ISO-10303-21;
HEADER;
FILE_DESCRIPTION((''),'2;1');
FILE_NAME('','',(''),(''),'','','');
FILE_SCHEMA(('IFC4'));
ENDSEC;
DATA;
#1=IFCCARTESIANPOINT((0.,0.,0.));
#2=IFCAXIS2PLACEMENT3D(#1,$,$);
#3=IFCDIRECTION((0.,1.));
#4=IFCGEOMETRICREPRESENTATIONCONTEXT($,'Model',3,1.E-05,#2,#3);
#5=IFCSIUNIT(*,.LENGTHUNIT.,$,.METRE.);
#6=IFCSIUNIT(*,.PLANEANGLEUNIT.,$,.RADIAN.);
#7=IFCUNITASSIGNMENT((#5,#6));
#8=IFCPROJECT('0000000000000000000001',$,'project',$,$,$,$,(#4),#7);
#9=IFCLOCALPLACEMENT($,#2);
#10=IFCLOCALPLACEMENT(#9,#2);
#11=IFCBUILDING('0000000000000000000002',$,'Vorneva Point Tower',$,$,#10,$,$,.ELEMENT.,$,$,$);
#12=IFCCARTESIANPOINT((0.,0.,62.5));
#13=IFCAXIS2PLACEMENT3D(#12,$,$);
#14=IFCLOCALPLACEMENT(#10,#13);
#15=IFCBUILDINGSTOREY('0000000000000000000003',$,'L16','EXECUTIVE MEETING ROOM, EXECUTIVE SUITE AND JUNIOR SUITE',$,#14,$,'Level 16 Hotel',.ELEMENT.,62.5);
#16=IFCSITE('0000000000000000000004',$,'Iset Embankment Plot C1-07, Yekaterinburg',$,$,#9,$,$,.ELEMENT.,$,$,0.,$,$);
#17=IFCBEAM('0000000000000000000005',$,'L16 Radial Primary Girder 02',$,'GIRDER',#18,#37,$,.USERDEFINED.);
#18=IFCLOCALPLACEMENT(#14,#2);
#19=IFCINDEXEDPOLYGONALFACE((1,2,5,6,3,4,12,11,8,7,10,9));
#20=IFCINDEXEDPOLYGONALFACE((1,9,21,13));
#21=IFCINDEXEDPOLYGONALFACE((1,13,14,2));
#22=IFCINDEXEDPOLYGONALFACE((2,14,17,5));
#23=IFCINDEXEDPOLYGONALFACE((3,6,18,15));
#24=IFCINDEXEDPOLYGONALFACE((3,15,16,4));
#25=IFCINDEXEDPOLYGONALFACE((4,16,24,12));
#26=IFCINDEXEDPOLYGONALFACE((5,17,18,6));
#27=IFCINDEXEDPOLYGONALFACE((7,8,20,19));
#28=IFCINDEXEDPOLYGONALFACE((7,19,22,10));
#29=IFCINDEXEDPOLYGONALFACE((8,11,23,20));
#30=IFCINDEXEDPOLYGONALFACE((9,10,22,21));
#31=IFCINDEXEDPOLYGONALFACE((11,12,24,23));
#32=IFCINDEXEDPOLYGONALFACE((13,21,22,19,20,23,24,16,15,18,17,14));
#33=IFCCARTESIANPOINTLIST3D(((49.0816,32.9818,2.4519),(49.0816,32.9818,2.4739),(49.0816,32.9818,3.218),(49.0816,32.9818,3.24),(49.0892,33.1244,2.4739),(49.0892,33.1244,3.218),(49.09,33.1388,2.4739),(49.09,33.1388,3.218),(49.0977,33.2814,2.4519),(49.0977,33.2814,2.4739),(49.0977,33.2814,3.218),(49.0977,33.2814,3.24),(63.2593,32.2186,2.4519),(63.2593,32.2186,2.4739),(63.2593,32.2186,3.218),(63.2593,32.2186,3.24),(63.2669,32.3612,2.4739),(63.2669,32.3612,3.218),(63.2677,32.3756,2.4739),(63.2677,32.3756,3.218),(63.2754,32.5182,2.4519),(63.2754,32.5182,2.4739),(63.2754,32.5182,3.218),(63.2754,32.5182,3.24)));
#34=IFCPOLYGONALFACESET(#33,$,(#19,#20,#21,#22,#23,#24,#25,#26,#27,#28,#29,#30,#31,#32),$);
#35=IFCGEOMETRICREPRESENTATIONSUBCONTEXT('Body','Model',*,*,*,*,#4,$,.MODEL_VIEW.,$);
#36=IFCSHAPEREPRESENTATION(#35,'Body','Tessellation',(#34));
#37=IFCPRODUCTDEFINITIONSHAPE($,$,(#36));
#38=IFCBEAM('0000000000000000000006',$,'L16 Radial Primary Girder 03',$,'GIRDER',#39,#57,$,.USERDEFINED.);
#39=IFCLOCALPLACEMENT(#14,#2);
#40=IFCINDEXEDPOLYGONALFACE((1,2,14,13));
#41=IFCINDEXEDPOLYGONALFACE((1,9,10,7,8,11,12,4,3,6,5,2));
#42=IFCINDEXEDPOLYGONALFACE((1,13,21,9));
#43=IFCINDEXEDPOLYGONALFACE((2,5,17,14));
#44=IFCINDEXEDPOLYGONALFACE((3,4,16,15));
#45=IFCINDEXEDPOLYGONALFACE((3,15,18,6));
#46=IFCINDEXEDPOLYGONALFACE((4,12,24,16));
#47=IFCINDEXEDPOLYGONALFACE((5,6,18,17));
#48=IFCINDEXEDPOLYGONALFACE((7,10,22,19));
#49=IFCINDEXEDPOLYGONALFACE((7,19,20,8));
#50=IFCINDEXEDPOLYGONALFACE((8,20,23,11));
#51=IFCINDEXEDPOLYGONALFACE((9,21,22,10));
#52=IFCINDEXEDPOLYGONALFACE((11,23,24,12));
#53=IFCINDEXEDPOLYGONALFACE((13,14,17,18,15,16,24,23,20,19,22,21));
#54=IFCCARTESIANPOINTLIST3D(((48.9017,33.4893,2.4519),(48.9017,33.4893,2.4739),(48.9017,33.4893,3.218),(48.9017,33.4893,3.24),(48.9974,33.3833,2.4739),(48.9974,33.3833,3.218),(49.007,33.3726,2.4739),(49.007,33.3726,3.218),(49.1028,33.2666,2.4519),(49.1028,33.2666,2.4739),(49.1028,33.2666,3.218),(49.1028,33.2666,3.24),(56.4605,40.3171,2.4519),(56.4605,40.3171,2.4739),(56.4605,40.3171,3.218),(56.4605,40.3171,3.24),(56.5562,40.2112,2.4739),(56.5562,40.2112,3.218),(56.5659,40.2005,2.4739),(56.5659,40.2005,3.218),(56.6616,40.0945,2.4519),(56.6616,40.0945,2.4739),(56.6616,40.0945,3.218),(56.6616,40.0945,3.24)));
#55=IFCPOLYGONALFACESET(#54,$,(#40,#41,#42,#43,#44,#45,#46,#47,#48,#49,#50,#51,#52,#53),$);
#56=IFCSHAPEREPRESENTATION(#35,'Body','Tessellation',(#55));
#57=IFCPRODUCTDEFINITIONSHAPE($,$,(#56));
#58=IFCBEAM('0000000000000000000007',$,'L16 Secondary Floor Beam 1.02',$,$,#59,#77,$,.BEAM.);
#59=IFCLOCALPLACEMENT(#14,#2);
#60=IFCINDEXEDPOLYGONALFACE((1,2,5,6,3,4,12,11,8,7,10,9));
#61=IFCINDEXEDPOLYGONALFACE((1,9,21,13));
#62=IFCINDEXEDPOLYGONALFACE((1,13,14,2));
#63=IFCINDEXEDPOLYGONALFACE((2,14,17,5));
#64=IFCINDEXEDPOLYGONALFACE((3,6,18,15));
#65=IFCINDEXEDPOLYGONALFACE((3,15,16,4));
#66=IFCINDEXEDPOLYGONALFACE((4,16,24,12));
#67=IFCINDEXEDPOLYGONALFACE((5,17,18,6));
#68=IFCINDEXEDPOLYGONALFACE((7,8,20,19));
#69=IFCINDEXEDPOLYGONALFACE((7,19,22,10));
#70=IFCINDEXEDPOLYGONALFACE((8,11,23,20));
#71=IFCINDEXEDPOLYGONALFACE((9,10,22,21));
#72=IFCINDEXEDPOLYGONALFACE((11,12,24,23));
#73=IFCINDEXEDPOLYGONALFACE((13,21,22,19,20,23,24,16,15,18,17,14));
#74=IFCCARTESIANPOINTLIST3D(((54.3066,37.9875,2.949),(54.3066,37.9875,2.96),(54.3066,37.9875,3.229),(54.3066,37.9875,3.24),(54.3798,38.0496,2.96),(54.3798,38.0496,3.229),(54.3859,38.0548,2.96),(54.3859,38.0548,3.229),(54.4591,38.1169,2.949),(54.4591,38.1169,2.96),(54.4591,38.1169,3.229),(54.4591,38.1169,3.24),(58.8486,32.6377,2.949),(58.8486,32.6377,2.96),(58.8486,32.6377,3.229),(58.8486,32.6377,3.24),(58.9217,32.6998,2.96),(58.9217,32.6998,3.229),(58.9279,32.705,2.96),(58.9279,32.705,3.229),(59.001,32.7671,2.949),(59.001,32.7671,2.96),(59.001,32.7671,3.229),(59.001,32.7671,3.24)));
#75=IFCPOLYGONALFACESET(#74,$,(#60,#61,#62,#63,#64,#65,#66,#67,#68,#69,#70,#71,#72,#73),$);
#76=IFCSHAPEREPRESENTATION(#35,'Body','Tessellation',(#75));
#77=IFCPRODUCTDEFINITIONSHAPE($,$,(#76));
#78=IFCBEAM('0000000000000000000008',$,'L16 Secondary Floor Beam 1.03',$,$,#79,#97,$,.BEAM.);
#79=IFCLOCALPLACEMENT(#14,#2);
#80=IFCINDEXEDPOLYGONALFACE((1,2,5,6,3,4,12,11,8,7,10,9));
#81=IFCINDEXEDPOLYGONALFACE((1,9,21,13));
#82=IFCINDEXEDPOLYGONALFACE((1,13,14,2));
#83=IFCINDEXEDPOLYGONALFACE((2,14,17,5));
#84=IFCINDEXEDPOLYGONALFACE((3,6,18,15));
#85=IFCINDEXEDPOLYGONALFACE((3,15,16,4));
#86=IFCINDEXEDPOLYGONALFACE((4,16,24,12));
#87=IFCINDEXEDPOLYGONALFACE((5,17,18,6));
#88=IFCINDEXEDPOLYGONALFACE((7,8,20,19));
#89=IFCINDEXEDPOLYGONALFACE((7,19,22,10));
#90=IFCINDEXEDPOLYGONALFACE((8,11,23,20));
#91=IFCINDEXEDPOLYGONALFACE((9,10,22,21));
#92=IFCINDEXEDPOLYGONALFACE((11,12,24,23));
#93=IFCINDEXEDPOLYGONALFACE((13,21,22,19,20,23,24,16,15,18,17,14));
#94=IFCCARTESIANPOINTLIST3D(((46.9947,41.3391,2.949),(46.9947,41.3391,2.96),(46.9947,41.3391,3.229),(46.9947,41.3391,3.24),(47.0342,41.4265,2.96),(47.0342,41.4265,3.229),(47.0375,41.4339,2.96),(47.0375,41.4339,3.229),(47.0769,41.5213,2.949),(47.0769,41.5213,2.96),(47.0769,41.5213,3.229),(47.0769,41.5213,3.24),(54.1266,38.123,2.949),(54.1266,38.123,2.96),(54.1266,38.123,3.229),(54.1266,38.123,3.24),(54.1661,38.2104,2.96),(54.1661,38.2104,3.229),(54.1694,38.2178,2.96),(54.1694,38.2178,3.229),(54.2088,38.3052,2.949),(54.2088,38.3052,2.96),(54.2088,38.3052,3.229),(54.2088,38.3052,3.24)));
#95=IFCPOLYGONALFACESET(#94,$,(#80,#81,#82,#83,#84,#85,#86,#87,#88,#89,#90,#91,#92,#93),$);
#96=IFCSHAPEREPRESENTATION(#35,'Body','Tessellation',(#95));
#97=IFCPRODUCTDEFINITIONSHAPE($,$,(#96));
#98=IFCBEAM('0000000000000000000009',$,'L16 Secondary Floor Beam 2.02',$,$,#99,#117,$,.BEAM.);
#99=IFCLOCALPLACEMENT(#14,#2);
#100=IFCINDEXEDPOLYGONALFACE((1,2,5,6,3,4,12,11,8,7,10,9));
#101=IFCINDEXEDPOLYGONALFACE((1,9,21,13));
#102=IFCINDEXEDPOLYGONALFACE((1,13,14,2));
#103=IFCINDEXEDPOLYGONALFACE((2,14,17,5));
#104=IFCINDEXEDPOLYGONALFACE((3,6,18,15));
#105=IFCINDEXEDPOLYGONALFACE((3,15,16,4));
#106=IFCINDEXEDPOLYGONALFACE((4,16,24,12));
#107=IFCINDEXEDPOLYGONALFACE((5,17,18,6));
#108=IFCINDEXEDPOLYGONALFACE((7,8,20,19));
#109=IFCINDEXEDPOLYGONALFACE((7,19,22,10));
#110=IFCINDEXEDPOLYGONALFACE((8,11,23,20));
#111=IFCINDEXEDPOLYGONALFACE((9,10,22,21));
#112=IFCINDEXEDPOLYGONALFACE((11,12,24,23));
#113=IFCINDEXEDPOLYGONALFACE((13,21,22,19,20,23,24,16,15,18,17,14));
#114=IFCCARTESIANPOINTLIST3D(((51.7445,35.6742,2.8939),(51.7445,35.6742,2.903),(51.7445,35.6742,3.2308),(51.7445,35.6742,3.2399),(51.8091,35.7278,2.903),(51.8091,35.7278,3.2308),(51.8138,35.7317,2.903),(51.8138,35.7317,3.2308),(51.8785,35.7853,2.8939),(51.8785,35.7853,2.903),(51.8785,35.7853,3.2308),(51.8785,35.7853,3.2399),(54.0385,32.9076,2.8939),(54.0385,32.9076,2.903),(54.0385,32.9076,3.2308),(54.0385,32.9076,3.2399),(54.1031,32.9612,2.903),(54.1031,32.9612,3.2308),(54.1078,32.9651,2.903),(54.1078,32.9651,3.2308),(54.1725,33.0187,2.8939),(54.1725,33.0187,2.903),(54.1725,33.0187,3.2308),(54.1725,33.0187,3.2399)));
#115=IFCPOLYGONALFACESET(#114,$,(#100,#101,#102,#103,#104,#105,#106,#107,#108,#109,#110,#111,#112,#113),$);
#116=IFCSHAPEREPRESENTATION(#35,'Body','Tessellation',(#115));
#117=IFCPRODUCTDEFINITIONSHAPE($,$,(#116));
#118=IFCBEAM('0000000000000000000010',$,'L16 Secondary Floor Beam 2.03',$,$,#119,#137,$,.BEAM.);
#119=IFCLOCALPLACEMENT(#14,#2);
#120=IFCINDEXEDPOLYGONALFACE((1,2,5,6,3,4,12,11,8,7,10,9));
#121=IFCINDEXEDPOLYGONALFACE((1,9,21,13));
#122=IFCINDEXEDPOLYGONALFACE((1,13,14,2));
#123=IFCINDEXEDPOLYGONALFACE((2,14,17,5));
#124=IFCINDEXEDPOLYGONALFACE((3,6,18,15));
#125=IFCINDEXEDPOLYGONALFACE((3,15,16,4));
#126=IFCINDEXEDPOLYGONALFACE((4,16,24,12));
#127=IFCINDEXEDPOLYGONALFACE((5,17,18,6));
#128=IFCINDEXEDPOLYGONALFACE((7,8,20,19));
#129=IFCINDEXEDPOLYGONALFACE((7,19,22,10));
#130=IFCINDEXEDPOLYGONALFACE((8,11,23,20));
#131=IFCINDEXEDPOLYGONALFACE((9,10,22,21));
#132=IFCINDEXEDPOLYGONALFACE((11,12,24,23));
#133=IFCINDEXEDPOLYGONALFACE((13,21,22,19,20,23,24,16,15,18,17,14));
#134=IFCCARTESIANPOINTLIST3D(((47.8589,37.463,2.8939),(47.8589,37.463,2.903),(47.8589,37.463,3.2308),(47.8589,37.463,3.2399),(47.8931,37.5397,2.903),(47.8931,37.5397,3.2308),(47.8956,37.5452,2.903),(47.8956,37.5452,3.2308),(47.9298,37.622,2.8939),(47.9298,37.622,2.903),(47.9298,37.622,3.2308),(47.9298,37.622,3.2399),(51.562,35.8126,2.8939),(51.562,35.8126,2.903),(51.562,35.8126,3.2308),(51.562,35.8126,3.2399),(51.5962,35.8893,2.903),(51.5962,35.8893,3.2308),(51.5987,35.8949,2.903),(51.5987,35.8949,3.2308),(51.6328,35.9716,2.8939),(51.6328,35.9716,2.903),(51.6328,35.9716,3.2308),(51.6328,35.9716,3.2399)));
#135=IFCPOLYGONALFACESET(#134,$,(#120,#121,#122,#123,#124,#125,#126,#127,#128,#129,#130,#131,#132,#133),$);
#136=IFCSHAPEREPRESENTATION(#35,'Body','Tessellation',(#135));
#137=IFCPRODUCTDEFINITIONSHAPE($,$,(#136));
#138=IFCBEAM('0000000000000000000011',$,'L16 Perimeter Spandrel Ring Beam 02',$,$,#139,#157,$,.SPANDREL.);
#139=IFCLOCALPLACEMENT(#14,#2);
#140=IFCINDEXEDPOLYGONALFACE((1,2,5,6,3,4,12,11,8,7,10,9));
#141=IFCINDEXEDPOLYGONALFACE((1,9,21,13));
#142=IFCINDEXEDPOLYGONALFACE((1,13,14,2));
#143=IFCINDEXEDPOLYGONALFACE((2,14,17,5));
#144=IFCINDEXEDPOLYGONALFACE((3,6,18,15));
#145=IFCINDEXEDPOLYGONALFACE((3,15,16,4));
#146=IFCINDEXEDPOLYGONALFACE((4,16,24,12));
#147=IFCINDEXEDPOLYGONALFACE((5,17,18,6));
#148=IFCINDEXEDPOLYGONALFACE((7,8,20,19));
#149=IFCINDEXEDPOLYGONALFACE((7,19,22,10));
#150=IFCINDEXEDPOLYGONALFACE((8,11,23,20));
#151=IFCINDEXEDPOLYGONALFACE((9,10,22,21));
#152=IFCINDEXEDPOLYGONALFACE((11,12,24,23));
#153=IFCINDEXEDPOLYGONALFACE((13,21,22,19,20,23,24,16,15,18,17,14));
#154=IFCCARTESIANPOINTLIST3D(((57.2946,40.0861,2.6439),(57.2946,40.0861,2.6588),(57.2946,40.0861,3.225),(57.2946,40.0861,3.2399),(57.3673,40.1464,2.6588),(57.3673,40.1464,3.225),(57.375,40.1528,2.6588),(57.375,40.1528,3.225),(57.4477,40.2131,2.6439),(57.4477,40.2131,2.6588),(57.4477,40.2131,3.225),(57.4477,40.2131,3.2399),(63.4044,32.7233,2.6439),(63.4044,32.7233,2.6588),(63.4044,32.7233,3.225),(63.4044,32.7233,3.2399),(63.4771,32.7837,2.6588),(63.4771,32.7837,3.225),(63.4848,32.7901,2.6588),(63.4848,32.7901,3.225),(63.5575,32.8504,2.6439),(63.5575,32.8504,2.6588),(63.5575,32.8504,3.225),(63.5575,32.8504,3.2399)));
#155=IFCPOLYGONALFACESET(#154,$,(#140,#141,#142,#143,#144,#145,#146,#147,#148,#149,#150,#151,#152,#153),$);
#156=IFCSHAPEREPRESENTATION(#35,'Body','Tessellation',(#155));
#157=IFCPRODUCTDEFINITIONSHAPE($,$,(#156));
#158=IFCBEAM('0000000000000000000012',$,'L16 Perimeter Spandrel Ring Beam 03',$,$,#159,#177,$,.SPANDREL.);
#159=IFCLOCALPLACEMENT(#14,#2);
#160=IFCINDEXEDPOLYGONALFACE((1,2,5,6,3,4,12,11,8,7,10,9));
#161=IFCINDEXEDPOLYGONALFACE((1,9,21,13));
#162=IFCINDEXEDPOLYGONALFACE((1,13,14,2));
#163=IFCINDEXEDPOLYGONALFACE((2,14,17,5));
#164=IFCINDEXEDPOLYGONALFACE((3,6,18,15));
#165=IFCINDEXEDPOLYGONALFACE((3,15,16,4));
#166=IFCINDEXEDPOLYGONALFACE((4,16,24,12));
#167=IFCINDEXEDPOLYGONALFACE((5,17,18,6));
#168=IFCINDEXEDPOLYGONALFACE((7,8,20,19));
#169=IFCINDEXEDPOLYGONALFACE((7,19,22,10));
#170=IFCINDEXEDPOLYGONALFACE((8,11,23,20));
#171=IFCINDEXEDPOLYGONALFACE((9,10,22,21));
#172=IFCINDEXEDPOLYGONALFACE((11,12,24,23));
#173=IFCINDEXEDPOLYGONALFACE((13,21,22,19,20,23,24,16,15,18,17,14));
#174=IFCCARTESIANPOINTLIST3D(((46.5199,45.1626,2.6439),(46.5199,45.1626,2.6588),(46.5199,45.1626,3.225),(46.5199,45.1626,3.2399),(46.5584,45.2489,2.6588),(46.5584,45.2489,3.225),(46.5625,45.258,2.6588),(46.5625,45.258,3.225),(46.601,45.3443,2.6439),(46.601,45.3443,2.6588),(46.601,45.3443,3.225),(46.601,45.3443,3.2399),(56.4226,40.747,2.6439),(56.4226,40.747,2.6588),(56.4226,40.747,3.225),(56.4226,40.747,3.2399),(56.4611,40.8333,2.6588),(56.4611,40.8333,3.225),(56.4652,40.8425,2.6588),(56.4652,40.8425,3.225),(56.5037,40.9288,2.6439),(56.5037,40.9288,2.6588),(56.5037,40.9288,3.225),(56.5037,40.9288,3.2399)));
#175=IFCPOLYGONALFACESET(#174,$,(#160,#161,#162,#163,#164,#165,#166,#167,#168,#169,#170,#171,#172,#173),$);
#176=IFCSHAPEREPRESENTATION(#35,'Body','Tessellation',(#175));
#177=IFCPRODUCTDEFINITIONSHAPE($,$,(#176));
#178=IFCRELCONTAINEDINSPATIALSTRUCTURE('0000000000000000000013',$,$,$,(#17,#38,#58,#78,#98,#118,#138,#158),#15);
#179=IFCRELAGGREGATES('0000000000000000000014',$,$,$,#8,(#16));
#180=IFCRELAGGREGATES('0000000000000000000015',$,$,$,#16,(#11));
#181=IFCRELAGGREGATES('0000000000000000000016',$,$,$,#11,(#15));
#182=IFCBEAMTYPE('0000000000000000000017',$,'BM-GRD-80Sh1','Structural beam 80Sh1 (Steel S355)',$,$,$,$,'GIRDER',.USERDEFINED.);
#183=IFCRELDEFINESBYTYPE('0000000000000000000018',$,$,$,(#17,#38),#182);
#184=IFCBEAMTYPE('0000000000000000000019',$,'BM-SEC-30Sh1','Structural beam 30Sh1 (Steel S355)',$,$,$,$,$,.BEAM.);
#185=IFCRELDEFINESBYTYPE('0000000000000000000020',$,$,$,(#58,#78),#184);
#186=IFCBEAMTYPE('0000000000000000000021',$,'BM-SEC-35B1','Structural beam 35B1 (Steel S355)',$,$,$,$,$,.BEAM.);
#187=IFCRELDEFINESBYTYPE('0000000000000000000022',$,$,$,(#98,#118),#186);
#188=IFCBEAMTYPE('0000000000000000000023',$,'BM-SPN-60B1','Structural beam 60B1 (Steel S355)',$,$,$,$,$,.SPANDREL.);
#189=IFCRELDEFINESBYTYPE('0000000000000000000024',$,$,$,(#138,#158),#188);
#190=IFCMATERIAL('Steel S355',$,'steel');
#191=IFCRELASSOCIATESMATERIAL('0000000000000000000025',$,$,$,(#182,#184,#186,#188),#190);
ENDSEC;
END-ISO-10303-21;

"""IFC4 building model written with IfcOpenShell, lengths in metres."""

from ifc_helpers import new_model, si_unit, direction, frame, origin, origin_2d, place, context, subcontext, project, spatial, i_section, extrude, material, material_profile, profile_set, type_object, element, save


model = new_model("IFC4")

# Units and contexts
model_context = context("Model", 3, precision=1e-05, world=origin(), true_north=direction((0.0, 1.0)))
body_context = subcontext(model_context, "Body", "Model", "MODEL_VIEW")
ifc_project = project(units=[si_unit("LENGTHUNIT", "METRE"), si_unit("PLANEANGLEUNIT", "RADIAN")], contexts=[model_context])

# Site, building, storey
site_placement = place(None, origin())
site = spatial("IfcSite", under=ifc_project, at=site_placement, Name="Iset Embankment Plot C1-07, Yekaterinburg", CompositionType="ELEMENT", RefElevation=0.0)
building_placement = place(site_placement, origin())
building = spatial("IfcBuilding", under=site, at=building_placement, Name="Vorneva Point Tower", CompositionType="ELEMENT")
storey_placement = place(building_placement, frame((0.0, 0.0, 62.5)))
storey = spatial("IfcBuildingStorey", under=building, at=storey_placement, Name="L16", Description="EXECUTIVE MEETING ROOM, EXECUTIVE SUITE AND JUNIOR SUITE", LongName="Level 16 Hotel", CompositionType="ELEMENT", Elevation=62.5)

# Beams
ifc_material_1 = material(Name="Steel S355", Category="steel")
ifc_material_profile_1 = material_profile(ifc_material_1, i_section(OverallWidth=0.3, OverallDepth=0.7881, WebThickness=0.0144, FlangeThickness=0.022, at=origin_2d()), Name="80Sh1")
ifc_profile_set_1 = profile_set([ifc_material_profile_1], Name="Steel S355")
beam_type_1 = type_object("IfcBeamType", Name="BM-GRD-80Sh1", Description="Structural beam 80Sh1 (Steel S355)", ElementType="GIRDER", PredefinedType="USERDEFINED", material=ifc_profile_set_1)
beam_1_placement = place(storey_placement, frame((63.2673, 32.3684, 2.8459), z_axis=(-0.998554, 0.053752, 0.0), x_axis=(-0.053752, -0.998554, 0.0)))
element("IfcBeam", 1, at=beam_1_placement, inside=storey, type_object=beam_type_1, Name="L16 Radial Primary Girder 02", ObjectType="GIRDER", PredefinedType="USERDEFINED", context=body_context, shape_type="SweptSolid", body=[
    extrude(i_section(OverallWidth=0.3, OverallDepth=0.7881, WebThickness=0.0144, FlangeThickness=0.022, at=origin_2d()), origin(), (0.0, 0.0, 1.0), 14.1982),
])
beam_2_placement = place(storey_placement, frame((56.561, 40.2058, 2.8459), z_axis=(-0.742076, -0.670316, 0.0), x_axis=(0.670316, -0.742076, 0.0)))
element("IfcBeam", 2, at=beam_2_placement, inside=storey, type_object=beam_type_1, Name="L16 Radial Primary Girder 03", ObjectType="GIRDER", PredefinedType="USERDEFINED", context=body_context, shape_type="SweptSolid", body=[
    extrude(i_section(OverallWidth=0.3, OverallDepth=0.7881, WebThickness=0.0144, FlangeThickness=0.022, at=origin_2d()), origin(), (0.0, 0.0, 1.0), 10.186),
])
ifc_material_profile_2 = material_profile(ifc_material_1, i_section(OverallWidth=0.2, OverallDepth=0.291, WebThickness=0.0081, FlangeThickness=0.011, at=origin_2d()), Name="30Sh1")
ifc_profile_set_2 = profile_set([ifc_material_profile_2], Name="Steel S355")
beam_type_2 = type_object("IfcBeamType", Name="BM-SEC-30Sh1", Description="Structural beam 30Sh1 (Steel S355)", PredefinedType="BEAM", material=ifc_profile_set_2)
beam_3_placement = place(storey_placement, frame((58.9248, 32.7024, 3.0945), z_axis=(-0.647203, 0.762318, 0.0), x_axis=(-0.762318, -0.647203, 0.0)))
element("IfcBeam", 3, at=beam_3_placement, inside=storey, type_object=beam_type_2, Name="L16 Secondary Floor Beam 1.02", PredefinedType="BEAM", context=body_context, shape_type="SweptSolid", body=[
    extrude(i_section(OverallWidth=0.2, OverallDepth=0.291, WebThickness=0.0081, FlangeThickness=0.011, at=origin_2d()), origin(), (0.0, 0.0, 1.0), 7.0178),
])
beam_4_placement = place(storey_placement, frame((54.1677, 38.2141, 3.0945), z_axis=(-0.911599, 0.411081, 0.0), x_axis=(-0.411081, -0.911599, 0.0)))
element("IfcBeam", 4, at=beam_4_placement, inside=storey, type_object=beam_type_2, Name="L16 Secondary Floor Beam 1.03", PredefinedType="BEAM", context=body_context, shape_type="SweptSolid", body=[
    extrude(i_section(OverallWidth=0.2, OverallDepth=0.291, WebThickness=0.0081, FlangeThickness=0.011, at=origin_2d()), origin(), (0.0, 0.0, 1.0), 7.8235),
])
ifc_material_profile_3 = material_profile(ifc_material_1, i_section(OverallWidth=0.1741, OverallDepth=0.3459, WebThickness=0.0061, FlangeThickness=0.009, at=origin_2d()), Name="35B1")
ifc_profile_set_3 = profile_set([ifc_material_profile_3], Name="Steel S355")
beam_type_3 = type_object("IfcBeamType", Name="BM-SEC-35B1", Description="Structural beam 35B1 (Steel S355)", PredefinedType="BEAM", material=ifc_profile_set_3)
beam_5_placement = place(storey_placement, frame((54.1055, 32.9631, 3.0669), z_axis=(-0.638285, 0.7698, 0.0), x_axis=(-0.7698, -0.638285, 0.0)))
element("IfcBeam", 5, at=beam_5_placement, inside=storey, type_object=beam_type_3, Name="L16 Secondary Floor Beam 2.02", PredefinedType="BEAM", context=body_context, shape_type="SweptSolid", body=[
    extrude(i_section(OverallWidth=0.1741, OverallDepth=0.3459, WebThickness=0.0061, FlangeThickness=0.009, at=origin_2d()), origin(), (0.0, 0.0, 1.0), 3.594),
])
beam_6_placement = place(storey_placement, frame((51.5974, 35.8921, 3.0669), z_axis=(-0.913394, 0.407077, 0.0), x_axis=(-0.407077, -0.913394, 0.0)))
element("IfcBeam", 6, at=beam_6_placement, inside=storey, type_object=beam_type_3, Name="L16 Secondary Floor Beam 2.03", PredefinedType="BEAM", context=body_context, shape_type="SweptSolid", body=[
    extrude(i_section(OverallWidth=0.1741, OverallDepth=0.3459, WebThickness=0.0061, FlangeThickness=0.009, at=origin_2d()), origin(), (0.0, 0.0, 1.0), 4.0542),
])
ifc_material_profile_4 = material_profile(ifc_material_1, i_section(OverallWidth=0.199, OverallDepth=0.5959, WebThickness=0.01, FlangeThickness=0.0149, at=origin_2d()), Name="60B1")
ifc_profile_set_4 = profile_set([ifc_material_profile_4], Name="Steel S355")
beam_type_4 = type_object("IfcBeamType", Name="BM-SPN-60B1", Description="Structural beam 60B1 (Steel S355)", PredefinedType="SPANDREL", material=ifc_profile_set_4)
beam_7_placement = place(storey_placement, frame((63.481, 32.7869, 2.9419), z_axis=(-0.638592, 0.769546, 0.0), x_axis=(-0.769546, -0.638592, 0.0)))
element("IfcBeam", 7, at=beam_7_placement, inside=storey, type_object=beam_type_4, Name="L16 Perimeter Spandrel Ring Beam 02", PredefinedType="SPANDREL", context=body_context, shape_type="SweptSolid", body=[
    extrude(i_section(OverallWidth=0.199, OverallDepth=0.5959, WebThickness=0.01, FlangeThickness=0.0149, at=origin_2d()), origin(), (0.0, 0.0, 1.0), 9.5676),
])
beam_8_placement = place(storey_placement, frame((56.4631, 40.8379, 2.9419), z_axis=(-0.913319, 0.407245, 0.0), x_axis=(-0.407245, -0.913319, 0.0)))
element("IfcBeam", 8, at=beam_8_placement, inside=storey, type_object=beam_type_4, Name="L16 Perimeter Spandrel Ring Beam 03", PredefinedType="SPANDREL", context=body_context, shape_type="SweptSolid", body=[
    extrude(i_section(OverallWidth=0.199, OverallDepth=0.5959, WebThickness=0.01, FlangeThickness=0.0149, at=origin_2d()), origin(), (0.0, 0.0, 1.0), 10.8425),
])

save(model, "model.ifc")
